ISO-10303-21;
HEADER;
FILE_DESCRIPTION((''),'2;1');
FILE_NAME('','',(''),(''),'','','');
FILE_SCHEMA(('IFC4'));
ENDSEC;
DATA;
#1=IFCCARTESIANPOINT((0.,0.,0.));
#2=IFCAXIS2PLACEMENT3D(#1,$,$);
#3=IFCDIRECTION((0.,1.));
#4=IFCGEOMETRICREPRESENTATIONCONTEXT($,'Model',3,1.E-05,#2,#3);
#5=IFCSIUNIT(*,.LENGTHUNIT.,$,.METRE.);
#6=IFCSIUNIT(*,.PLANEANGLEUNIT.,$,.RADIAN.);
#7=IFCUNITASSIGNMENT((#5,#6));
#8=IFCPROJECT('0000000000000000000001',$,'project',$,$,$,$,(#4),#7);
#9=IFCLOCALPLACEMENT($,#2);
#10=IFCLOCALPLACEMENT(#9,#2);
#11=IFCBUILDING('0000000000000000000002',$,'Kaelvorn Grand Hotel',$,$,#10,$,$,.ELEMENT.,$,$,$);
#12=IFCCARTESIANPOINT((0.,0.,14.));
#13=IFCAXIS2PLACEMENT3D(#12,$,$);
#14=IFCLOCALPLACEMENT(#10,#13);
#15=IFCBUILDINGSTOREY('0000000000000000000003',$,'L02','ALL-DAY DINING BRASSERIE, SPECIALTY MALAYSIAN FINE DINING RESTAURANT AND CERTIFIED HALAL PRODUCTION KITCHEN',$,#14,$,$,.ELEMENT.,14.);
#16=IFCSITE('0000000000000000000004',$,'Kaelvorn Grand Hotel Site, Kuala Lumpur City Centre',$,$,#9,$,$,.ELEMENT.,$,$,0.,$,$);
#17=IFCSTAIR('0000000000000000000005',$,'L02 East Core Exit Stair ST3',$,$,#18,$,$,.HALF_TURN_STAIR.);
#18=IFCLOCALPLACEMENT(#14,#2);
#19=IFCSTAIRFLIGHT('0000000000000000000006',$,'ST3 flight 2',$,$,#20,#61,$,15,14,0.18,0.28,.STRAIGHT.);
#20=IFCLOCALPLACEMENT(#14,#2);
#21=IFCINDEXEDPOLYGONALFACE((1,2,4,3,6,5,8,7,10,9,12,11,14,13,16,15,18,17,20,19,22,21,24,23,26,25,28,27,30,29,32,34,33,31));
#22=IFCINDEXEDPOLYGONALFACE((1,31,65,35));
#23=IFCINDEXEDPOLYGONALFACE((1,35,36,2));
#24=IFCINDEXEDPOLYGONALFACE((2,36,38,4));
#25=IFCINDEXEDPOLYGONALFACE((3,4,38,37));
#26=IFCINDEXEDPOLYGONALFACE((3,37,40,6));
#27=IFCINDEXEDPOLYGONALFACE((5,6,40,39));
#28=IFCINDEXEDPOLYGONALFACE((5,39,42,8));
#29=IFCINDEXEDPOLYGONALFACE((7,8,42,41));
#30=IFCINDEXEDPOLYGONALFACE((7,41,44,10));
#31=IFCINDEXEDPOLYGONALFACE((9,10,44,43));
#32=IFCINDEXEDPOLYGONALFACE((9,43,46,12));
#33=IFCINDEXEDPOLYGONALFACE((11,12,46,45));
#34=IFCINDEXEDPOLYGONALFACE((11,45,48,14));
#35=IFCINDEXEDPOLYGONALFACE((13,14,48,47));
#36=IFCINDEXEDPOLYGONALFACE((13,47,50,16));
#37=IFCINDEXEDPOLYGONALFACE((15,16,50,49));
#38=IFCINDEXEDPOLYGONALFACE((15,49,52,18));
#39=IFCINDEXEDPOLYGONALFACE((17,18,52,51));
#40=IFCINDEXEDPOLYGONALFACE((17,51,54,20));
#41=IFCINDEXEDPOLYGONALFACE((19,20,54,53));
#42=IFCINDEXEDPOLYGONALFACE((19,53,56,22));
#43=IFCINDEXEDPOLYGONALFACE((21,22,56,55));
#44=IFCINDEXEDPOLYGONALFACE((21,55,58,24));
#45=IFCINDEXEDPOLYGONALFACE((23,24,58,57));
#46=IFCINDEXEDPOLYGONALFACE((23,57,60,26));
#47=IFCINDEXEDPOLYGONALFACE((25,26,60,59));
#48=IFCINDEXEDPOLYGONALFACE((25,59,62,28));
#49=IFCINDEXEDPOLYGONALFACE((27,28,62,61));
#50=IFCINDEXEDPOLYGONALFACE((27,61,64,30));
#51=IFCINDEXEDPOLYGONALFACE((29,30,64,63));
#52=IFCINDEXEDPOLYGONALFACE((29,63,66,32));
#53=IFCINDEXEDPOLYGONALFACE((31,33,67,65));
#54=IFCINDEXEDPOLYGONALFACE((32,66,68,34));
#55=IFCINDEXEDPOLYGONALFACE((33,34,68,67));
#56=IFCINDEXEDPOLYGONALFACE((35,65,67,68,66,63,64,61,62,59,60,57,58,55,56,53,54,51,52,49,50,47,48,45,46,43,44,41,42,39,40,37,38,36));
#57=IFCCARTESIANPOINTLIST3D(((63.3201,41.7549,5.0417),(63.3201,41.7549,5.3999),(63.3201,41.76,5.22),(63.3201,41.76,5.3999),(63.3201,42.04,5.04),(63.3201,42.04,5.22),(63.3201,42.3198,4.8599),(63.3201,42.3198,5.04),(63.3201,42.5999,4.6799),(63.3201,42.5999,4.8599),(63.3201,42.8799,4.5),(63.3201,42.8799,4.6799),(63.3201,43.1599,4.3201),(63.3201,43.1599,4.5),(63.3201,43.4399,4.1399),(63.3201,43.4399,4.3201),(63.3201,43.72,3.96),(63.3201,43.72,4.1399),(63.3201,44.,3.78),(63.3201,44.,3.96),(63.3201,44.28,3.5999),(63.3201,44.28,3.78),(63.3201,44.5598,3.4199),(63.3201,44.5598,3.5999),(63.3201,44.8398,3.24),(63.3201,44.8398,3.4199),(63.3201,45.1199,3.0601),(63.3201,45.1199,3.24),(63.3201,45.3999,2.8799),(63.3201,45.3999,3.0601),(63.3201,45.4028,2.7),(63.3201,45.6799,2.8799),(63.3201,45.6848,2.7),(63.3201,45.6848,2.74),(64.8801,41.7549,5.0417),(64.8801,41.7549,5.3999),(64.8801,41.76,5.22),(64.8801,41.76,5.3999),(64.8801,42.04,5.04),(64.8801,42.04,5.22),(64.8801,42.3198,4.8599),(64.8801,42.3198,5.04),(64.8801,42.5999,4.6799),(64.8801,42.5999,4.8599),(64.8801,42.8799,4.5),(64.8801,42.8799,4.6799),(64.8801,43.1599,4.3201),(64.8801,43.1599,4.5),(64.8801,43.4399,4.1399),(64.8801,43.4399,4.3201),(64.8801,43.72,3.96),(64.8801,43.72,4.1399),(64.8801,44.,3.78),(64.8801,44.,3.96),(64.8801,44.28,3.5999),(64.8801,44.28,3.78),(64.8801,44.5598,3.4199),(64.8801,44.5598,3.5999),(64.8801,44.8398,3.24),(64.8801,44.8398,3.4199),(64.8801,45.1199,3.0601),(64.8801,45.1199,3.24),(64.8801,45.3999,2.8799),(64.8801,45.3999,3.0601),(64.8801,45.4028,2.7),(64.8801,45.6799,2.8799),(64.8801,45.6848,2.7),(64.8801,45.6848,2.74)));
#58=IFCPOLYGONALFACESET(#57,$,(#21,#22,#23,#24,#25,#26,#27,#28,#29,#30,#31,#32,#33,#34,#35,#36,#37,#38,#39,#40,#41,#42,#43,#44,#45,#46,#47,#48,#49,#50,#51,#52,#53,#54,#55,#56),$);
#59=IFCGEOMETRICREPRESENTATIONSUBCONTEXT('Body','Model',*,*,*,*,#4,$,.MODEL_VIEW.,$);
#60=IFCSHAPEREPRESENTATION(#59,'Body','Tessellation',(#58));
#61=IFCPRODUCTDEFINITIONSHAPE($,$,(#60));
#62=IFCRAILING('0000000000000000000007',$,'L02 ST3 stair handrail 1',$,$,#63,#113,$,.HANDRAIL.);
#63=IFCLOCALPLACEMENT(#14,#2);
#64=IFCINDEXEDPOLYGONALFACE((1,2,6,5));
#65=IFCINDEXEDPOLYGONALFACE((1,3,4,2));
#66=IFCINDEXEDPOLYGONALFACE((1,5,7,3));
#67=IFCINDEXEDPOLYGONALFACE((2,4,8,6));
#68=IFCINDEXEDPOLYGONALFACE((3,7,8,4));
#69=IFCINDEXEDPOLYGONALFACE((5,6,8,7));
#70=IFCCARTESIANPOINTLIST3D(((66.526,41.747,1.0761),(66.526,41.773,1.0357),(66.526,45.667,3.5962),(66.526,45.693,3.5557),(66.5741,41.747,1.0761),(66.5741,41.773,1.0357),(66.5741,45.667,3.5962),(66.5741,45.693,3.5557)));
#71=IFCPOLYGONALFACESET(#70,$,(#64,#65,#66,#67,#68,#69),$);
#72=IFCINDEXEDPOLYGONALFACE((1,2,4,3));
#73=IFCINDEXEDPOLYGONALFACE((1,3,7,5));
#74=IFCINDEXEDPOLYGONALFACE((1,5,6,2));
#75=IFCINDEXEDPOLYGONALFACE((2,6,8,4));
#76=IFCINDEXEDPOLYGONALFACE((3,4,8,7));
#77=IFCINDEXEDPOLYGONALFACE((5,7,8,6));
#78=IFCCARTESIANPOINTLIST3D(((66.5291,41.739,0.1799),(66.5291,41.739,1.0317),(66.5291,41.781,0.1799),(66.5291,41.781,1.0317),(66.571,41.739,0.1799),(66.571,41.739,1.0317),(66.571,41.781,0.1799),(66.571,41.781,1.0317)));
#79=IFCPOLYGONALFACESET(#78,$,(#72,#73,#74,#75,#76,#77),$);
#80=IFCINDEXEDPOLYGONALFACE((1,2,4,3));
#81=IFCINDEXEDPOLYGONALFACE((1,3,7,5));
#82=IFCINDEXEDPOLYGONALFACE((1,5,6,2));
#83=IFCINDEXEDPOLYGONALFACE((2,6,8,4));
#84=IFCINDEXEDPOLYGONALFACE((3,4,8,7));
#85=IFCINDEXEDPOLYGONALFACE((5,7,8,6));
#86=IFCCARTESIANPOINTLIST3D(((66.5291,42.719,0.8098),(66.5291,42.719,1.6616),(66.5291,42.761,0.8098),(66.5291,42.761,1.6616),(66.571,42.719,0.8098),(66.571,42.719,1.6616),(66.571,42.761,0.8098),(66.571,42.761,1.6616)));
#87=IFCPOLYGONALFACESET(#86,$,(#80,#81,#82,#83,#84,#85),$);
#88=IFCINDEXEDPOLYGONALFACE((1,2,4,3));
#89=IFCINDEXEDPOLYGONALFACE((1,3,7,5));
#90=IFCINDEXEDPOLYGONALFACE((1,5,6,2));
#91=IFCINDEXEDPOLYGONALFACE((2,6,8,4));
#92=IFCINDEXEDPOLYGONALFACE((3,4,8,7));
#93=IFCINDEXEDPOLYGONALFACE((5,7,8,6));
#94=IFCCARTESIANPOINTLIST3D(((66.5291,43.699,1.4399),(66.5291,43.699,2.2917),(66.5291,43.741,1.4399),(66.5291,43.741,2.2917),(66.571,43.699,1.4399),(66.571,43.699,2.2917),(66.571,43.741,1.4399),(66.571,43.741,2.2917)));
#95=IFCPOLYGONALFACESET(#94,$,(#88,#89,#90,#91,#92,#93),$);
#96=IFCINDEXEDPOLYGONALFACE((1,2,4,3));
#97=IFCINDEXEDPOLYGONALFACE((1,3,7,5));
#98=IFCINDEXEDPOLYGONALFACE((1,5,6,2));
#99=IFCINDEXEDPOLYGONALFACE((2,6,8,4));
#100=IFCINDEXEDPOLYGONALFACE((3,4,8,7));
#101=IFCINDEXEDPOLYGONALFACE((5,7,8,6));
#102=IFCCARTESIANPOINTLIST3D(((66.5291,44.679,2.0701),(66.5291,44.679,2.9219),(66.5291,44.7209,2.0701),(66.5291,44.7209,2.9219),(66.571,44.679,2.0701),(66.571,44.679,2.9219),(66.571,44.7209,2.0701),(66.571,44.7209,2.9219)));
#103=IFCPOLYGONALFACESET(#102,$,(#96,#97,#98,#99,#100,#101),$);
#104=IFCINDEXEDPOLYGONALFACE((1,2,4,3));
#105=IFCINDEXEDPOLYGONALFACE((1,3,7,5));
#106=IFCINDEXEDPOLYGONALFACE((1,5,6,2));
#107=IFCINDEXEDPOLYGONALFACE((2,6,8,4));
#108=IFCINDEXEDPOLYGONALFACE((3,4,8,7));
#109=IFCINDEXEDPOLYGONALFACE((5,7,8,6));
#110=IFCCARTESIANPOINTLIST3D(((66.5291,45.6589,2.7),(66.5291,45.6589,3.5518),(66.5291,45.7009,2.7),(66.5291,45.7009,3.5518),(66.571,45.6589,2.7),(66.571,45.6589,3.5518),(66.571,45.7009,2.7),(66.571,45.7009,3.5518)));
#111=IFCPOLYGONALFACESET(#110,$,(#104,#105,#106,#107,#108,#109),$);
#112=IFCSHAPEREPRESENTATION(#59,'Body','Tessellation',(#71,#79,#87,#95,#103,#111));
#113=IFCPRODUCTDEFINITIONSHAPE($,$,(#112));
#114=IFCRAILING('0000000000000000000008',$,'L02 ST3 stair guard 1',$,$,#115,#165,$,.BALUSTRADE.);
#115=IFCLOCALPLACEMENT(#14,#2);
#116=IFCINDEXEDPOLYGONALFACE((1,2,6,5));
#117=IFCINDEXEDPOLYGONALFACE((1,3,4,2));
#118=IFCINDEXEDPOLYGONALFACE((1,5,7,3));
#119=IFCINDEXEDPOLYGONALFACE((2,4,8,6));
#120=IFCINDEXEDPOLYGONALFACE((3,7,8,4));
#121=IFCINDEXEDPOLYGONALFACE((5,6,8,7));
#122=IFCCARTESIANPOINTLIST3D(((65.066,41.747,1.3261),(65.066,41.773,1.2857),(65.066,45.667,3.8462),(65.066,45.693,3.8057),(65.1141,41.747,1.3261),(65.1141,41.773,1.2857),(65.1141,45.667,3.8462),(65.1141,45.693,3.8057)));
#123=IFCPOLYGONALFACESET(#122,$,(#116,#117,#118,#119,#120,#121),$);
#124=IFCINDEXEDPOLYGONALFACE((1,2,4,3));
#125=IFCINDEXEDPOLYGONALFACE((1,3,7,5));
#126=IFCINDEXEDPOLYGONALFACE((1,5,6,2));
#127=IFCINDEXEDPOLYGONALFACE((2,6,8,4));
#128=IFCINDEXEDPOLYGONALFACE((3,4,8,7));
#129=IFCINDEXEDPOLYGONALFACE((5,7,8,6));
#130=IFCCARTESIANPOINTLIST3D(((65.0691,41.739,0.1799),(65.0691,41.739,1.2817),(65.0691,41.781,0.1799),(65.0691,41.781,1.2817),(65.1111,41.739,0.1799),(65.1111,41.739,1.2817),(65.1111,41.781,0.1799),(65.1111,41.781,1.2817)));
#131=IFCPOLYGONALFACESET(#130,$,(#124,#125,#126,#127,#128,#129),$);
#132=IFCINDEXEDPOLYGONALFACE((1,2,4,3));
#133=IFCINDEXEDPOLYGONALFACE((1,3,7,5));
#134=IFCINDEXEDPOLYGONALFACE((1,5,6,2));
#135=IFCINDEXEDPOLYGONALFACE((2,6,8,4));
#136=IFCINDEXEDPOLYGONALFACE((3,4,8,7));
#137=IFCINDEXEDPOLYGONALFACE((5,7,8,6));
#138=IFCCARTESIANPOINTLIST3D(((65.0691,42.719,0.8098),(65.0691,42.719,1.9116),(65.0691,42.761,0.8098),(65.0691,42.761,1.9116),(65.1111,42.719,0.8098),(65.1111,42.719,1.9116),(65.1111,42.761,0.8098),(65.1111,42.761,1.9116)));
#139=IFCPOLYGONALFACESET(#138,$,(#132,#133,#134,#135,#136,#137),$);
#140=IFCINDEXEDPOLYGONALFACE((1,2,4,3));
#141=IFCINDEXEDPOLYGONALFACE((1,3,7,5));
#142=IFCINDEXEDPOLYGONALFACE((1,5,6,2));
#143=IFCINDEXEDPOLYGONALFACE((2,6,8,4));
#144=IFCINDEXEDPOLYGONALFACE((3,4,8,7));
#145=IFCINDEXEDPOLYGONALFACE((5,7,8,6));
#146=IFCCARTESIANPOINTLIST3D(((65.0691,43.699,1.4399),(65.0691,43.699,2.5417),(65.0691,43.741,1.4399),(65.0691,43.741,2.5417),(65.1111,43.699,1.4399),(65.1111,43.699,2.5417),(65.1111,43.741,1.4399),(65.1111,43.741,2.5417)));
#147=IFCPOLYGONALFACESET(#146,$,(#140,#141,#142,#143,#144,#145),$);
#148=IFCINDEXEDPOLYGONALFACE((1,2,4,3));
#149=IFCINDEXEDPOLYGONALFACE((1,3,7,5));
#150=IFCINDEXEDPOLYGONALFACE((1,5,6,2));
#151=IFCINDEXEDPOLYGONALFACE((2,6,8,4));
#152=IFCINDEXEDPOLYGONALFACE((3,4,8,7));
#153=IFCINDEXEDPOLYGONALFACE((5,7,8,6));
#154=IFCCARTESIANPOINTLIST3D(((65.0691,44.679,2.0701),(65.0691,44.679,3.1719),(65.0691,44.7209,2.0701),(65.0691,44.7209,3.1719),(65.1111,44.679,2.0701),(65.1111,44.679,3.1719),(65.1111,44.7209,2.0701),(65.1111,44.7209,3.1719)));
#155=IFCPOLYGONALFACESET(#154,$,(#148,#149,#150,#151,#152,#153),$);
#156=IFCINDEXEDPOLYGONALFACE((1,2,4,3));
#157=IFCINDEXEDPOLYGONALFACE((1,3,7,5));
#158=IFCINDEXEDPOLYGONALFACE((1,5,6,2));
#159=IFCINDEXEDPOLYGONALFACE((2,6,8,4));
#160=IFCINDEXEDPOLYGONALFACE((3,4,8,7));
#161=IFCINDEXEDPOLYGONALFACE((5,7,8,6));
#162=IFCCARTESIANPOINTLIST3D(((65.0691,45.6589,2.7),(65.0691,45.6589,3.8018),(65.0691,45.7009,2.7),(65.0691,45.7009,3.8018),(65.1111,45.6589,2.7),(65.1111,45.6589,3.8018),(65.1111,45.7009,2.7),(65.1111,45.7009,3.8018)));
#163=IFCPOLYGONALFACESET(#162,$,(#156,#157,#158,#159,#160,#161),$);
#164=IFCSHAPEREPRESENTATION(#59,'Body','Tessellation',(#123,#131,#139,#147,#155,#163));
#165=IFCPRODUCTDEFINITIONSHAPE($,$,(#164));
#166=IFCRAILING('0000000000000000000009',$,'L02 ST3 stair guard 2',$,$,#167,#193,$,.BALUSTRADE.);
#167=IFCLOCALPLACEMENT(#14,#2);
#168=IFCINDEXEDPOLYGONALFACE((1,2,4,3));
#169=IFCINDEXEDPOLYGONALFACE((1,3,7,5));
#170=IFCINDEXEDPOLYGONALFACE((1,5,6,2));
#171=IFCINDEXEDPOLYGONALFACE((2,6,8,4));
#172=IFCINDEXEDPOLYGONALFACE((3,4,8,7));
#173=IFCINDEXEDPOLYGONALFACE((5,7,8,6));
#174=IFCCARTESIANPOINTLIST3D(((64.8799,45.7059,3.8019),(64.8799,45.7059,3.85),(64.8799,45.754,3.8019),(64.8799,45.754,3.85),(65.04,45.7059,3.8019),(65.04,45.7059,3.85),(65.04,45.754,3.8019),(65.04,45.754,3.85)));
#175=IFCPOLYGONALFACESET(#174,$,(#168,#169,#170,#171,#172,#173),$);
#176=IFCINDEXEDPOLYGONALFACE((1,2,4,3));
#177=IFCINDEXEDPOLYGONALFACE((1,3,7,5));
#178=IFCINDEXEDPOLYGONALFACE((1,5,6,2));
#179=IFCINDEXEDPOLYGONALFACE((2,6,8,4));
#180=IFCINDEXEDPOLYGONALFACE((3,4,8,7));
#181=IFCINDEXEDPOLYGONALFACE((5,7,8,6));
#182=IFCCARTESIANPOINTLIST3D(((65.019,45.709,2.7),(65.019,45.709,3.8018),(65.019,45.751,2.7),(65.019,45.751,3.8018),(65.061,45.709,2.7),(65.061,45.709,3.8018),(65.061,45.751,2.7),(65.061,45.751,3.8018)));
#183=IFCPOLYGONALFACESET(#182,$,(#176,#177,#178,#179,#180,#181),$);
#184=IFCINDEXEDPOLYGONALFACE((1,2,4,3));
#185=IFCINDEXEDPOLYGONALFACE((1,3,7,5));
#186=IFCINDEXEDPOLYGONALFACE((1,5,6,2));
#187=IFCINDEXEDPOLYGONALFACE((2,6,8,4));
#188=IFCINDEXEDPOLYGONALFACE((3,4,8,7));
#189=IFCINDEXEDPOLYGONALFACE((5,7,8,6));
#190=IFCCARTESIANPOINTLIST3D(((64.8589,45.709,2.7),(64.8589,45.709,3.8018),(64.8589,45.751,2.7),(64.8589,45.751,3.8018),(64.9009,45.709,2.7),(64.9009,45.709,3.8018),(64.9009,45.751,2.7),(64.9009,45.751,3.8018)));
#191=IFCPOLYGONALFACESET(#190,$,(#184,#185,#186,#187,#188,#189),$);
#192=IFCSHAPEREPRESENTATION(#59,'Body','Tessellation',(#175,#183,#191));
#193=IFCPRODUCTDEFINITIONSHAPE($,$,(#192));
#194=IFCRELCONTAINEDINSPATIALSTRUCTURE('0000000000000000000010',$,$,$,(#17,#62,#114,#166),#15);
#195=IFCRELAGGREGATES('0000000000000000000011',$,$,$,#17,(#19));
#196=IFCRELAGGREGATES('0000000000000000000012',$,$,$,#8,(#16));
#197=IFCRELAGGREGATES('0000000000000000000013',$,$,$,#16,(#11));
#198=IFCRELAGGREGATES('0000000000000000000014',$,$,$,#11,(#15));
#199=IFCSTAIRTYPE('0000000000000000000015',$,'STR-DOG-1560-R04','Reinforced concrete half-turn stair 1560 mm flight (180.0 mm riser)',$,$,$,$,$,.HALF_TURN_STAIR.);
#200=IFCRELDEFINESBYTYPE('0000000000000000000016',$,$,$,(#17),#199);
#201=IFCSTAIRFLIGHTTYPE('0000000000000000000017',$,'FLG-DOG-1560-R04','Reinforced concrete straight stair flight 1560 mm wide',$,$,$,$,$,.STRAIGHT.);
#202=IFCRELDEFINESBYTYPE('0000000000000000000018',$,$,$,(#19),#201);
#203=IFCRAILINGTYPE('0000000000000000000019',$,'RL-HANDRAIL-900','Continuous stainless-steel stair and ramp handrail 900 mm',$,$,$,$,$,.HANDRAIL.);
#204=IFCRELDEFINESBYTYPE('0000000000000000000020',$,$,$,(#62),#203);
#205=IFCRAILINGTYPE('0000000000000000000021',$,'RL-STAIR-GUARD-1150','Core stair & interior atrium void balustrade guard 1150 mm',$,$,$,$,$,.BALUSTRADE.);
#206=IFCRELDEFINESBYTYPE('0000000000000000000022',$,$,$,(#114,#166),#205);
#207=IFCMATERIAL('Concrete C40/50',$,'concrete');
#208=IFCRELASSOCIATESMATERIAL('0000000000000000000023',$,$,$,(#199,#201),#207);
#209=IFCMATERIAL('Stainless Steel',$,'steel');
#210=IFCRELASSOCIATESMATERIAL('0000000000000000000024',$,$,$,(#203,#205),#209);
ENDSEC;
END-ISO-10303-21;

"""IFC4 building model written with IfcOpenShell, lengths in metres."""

from ifc_helpers import new_model, si_unit, direction, frame, origin, origin_2d, place, context, subcontext, project, spatial, polyline, rectangle, outline, extrude, material, type_object, element, aggregate, save


model = new_model("IFC4")

# Units and contexts
model_context = context("Model", 3, precision=1e-05, world=origin(), true_north=direction((0.0, 1.0)))
body_context = subcontext(model_context, "Body", "Model", "MODEL_VIEW")
ifc_project = project(units=[si_unit("LENGTHUNIT", "METRE"), si_unit("PLANEANGLEUNIT", "RADIAN")], contexts=[model_context])

# Site, building, storey
site_placement = place(None, origin())
site = spatial("IfcSite", under=ifc_project, at=site_placement, Name="Kaelvorn Grand Hotel Site, Kuala Lumpur City Centre", CompositionType="ELEMENT", RefElevation=0.0)
building_placement = place(site_placement, origin())
building = spatial("IfcBuilding", under=site, at=building_placement, Name="Kaelvorn Grand Hotel", CompositionType="ELEMENT")
storey_placement = place(building_placement, frame((0.0, 0.0, 14.0)))
storey = spatial("IfcBuildingStorey", under=building, at=storey_placement, Name="L02", Description="ALL-DAY DINING BRASSERIE, SPECIALTY MALAYSIAN FINE DINING RESTAURANT AND CERTIFIED HALAL PRODUCTION KITCHEN", CompositionType="ELEMENT", Elevation=14.0)

# Shared definitions
ifc_material_1 = material(Name="Concrete C40/50", Category="concrete")

# Stair, stair flight
stair_type = type_object("IfcStairType", Name="STR-DOG-1560-R04", Description="Reinforced concrete half-turn stair 1560 mm flight (180.0 mm riser)", PredefinedType="HALF_TURN_STAIR", material=ifc_material_1)
stair_placement = place(storey_placement, origin())
stair = element("IfcStair", 1, at=stair_placement, inside=storey, type_object=stair_type, Name="L02 East Core Exit Stair ST3", PredefinedType="HALF_TURN_STAIR")
stair_flight_type = type_object("IfcStairFlightType", Name="FLG-DOG-1560-R04", Description="Reinforced concrete straight stair flight 1560 mm wide", PredefinedType="STRAIGHT", material=ifc_material_1)
stair_flight_1_placement = place(storey_placement, frame((64.1001, 45.6799, 2.7), z_axis=(0.0, 0.0, 1.0), x_axis=(0.0, -1.0, 0.0)))
stair_flight_1 = element("IfcStairFlight", 2, at=stair_flight_1_placement, type_object=stair_flight_type, Name="ST3 flight 2", NumberOfRisers=15, NumberOfTreads=14, PredefinedType="STRAIGHT", RiserHeight=0.18, TreadLength=0.28, context=body_context, shape_type="SweptSolid", body=[
    extrude(outline(polyline([(-0.0049, 0.0), (-0.0049, 0.04), (0.0, 0.1799), (0.28, 0.1799), (0.28, 0.3601), (0.5601, 0.3601), (0.5601, 0.54), (0.8401, 0.54), (0.8401, 0.72), (1.1201, 0.72), (1.1201, 0.8999), (1.3999, 0.8999), (1.3999, 1.0801), (1.6799, 1.0801), (1.6799, 1.26), (1.96, 1.26), (1.96, 1.4399), (2.24, 1.4399), (2.24, 1.6201), (2.52, 1.6201), (2.52, 1.8), (2.8, 1.8), (2.8, 1.98), (3.0801, 1.98), (3.0801, 2.1599), (3.3601, 2.1599), (3.3601, 2.3401), (3.6399, 2.3401), (3.6399, 2.52), (3.9199, 2.52), (3.9199, 2.7), (3.925, 2.7), (3.925, 2.3418), (0.2771, 0.0), (-0.0049, 0.0)])), frame((0.0, 0.78, 0.0), z_axis=(0.0, -1.0, 0.0), x_axis=(1.0, 0.0, 0.0)), (0.0, 0.0, 1.0), 1.5601),
])
aggregate(stair, [stair_flight_1])

# Railings
ifc_material_2 = material(Name="Stainless Steel", Category="steel")
railing_type_1 = type_object("IfcRailingType", Name="RL-HANDRAIL-900", Description="Continuous stainless-steel stair and ramp handrail 900 mm", PredefinedType="HANDRAIL", material=ifc_material_2)
railing_1_placement = place(storey_placement, frame((66.55, 41.76, 0.1799)))
element("IfcRailing", 3, at=railing_1_placement, inside=storey, type_object=railing_type_1, Name="L02 ST3 stair handrail 1", PredefinedType="HANDRAIL", context=body_context, shape_type="SweptSolid", body=[
    extrude(rectangle(XDim=0.0481, YDim=0.0481, at=origin_2d()), frame((0.0, 0.0, 0.876), z_axis=(0.0, 0.841172, 0.540768), x_axis=(-1.0, 0.0, 0.0)), (0.0, 0.0, 1.0), 4.6602),
    extrude(rectangle(XDim=0.042, YDim=0.042, at=origin_2d()), origin(), (0.0, 0.0, 1.0), 0.8518),
    extrude(rectangle(XDim=0.042, YDim=0.042, at=origin_2d()), frame((0.0, 0.98, 0.6299)), (0.0, 0.0, 1.0), 0.8518),
    extrude(rectangle(XDim=0.042, YDim=0.042, at=origin_2d()), frame((0.0, 1.96, 1.26)), (0.0, 0.0, 1.0), 0.8518),
    extrude(rectangle(XDim=0.042, YDim=0.042, at=origin_2d()), frame((0.0, 2.9399, 1.8901)), (0.0, 0.0, 1.0), 0.8518),
    extrude(rectangle(XDim=0.042, YDim=0.042, at=origin_2d()), frame((0.0, 3.9199, 2.52)), (0.0, 0.0, 1.0), 0.8518),
])
railing_type_2 = type_object("IfcRailingType", Name="RL-STAIR-GUARD-1150", Description="Core stair & interior atrium void balustrade guard 1150 mm", PredefinedType="BALUSTRADE", material=ifc_material_2)
railing_2_placement = place(storey_placement, frame((65.0901, 41.76, 0.1799)))
element("IfcRailing", 4, at=railing_2_placement, inside=storey, type_object=railing_type_2, Name="L02 ST3 stair guard 1", PredefinedType="BALUSTRADE", context=body_context, shape_type="SweptSolid", body=[
    extrude(rectangle(XDim=0.0481, YDim=0.0481, at=origin_2d()), frame((0.0, 0.0, 1.126), z_axis=(0.0, 0.841172, 0.540768), x_axis=(-1.0, 0.0, 0.0)), (0.0, 0.0, 1.0), 4.6602),
    extrude(rectangle(XDim=0.042, YDim=0.042, at=origin_2d()), origin(), (0.0, 0.0, 1.0), 1.1018),
    extrude(rectangle(XDim=0.042, YDim=0.042, at=origin_2d()), frame((0.0, 0.98, 0.6299)), (0.0, 0.0, 1.0), 1.1018),
    extrude(rectangle(XDim=0.042, YDim=0.042, at=origin_2d()), frame((0.0, 1.96, 1.26)), (0.0, 0.0, 1.0), 1.1018),
    extrude(rectangle(XDim=0.042, YDim=0.042, at=origin_2d()), frame((0.0, 2.9399, 1.8901)), (0.0, 0.0, 1.0), 1.1018),
    extrude(rectangle(XDim=0.042, YDim=0.042, at=origin_2d()), frame((0.0, 3.9199, 2.52)), (0.0, 0.0, 1.0), 1.1018),
])
railing_3_placement = place(storey_placement, frame((65.04, 45.73, 2.7)))
element("IfcRailing", 5, at=railing_3_placement, inside=storey, type_object=railing_type_2, Name="L02 ST3 stair guard 2", PredefinedType="BALUSTRADE", context=body_context, shape_type="SweptSolid", body=[
    extrude(rectangle(XDim=0.0481, YDim=0.0481, at=origin_2d()), frame((0.0, 0.0, 1.126), z_axis=(-1.0, 0.0, 0.0), x_axis=(0.0, -1.0, 0.0)), (0.0, 0.0, 1.0), 0.1602),
    extrude(rectangle(XDim=0.042, YDim=0.042, at=origin_2d()), origin(), (0.0, 0.0, 1.0), 1.1018),
    extrude(rectangle(XDim=0.042, YDim=0.042, at=origin_2d()), frame((-0.1602, 0.0, 0.0)), (0.0, 0.0, 1.0), 1.1018),
])

save(model, "model.ifc")
